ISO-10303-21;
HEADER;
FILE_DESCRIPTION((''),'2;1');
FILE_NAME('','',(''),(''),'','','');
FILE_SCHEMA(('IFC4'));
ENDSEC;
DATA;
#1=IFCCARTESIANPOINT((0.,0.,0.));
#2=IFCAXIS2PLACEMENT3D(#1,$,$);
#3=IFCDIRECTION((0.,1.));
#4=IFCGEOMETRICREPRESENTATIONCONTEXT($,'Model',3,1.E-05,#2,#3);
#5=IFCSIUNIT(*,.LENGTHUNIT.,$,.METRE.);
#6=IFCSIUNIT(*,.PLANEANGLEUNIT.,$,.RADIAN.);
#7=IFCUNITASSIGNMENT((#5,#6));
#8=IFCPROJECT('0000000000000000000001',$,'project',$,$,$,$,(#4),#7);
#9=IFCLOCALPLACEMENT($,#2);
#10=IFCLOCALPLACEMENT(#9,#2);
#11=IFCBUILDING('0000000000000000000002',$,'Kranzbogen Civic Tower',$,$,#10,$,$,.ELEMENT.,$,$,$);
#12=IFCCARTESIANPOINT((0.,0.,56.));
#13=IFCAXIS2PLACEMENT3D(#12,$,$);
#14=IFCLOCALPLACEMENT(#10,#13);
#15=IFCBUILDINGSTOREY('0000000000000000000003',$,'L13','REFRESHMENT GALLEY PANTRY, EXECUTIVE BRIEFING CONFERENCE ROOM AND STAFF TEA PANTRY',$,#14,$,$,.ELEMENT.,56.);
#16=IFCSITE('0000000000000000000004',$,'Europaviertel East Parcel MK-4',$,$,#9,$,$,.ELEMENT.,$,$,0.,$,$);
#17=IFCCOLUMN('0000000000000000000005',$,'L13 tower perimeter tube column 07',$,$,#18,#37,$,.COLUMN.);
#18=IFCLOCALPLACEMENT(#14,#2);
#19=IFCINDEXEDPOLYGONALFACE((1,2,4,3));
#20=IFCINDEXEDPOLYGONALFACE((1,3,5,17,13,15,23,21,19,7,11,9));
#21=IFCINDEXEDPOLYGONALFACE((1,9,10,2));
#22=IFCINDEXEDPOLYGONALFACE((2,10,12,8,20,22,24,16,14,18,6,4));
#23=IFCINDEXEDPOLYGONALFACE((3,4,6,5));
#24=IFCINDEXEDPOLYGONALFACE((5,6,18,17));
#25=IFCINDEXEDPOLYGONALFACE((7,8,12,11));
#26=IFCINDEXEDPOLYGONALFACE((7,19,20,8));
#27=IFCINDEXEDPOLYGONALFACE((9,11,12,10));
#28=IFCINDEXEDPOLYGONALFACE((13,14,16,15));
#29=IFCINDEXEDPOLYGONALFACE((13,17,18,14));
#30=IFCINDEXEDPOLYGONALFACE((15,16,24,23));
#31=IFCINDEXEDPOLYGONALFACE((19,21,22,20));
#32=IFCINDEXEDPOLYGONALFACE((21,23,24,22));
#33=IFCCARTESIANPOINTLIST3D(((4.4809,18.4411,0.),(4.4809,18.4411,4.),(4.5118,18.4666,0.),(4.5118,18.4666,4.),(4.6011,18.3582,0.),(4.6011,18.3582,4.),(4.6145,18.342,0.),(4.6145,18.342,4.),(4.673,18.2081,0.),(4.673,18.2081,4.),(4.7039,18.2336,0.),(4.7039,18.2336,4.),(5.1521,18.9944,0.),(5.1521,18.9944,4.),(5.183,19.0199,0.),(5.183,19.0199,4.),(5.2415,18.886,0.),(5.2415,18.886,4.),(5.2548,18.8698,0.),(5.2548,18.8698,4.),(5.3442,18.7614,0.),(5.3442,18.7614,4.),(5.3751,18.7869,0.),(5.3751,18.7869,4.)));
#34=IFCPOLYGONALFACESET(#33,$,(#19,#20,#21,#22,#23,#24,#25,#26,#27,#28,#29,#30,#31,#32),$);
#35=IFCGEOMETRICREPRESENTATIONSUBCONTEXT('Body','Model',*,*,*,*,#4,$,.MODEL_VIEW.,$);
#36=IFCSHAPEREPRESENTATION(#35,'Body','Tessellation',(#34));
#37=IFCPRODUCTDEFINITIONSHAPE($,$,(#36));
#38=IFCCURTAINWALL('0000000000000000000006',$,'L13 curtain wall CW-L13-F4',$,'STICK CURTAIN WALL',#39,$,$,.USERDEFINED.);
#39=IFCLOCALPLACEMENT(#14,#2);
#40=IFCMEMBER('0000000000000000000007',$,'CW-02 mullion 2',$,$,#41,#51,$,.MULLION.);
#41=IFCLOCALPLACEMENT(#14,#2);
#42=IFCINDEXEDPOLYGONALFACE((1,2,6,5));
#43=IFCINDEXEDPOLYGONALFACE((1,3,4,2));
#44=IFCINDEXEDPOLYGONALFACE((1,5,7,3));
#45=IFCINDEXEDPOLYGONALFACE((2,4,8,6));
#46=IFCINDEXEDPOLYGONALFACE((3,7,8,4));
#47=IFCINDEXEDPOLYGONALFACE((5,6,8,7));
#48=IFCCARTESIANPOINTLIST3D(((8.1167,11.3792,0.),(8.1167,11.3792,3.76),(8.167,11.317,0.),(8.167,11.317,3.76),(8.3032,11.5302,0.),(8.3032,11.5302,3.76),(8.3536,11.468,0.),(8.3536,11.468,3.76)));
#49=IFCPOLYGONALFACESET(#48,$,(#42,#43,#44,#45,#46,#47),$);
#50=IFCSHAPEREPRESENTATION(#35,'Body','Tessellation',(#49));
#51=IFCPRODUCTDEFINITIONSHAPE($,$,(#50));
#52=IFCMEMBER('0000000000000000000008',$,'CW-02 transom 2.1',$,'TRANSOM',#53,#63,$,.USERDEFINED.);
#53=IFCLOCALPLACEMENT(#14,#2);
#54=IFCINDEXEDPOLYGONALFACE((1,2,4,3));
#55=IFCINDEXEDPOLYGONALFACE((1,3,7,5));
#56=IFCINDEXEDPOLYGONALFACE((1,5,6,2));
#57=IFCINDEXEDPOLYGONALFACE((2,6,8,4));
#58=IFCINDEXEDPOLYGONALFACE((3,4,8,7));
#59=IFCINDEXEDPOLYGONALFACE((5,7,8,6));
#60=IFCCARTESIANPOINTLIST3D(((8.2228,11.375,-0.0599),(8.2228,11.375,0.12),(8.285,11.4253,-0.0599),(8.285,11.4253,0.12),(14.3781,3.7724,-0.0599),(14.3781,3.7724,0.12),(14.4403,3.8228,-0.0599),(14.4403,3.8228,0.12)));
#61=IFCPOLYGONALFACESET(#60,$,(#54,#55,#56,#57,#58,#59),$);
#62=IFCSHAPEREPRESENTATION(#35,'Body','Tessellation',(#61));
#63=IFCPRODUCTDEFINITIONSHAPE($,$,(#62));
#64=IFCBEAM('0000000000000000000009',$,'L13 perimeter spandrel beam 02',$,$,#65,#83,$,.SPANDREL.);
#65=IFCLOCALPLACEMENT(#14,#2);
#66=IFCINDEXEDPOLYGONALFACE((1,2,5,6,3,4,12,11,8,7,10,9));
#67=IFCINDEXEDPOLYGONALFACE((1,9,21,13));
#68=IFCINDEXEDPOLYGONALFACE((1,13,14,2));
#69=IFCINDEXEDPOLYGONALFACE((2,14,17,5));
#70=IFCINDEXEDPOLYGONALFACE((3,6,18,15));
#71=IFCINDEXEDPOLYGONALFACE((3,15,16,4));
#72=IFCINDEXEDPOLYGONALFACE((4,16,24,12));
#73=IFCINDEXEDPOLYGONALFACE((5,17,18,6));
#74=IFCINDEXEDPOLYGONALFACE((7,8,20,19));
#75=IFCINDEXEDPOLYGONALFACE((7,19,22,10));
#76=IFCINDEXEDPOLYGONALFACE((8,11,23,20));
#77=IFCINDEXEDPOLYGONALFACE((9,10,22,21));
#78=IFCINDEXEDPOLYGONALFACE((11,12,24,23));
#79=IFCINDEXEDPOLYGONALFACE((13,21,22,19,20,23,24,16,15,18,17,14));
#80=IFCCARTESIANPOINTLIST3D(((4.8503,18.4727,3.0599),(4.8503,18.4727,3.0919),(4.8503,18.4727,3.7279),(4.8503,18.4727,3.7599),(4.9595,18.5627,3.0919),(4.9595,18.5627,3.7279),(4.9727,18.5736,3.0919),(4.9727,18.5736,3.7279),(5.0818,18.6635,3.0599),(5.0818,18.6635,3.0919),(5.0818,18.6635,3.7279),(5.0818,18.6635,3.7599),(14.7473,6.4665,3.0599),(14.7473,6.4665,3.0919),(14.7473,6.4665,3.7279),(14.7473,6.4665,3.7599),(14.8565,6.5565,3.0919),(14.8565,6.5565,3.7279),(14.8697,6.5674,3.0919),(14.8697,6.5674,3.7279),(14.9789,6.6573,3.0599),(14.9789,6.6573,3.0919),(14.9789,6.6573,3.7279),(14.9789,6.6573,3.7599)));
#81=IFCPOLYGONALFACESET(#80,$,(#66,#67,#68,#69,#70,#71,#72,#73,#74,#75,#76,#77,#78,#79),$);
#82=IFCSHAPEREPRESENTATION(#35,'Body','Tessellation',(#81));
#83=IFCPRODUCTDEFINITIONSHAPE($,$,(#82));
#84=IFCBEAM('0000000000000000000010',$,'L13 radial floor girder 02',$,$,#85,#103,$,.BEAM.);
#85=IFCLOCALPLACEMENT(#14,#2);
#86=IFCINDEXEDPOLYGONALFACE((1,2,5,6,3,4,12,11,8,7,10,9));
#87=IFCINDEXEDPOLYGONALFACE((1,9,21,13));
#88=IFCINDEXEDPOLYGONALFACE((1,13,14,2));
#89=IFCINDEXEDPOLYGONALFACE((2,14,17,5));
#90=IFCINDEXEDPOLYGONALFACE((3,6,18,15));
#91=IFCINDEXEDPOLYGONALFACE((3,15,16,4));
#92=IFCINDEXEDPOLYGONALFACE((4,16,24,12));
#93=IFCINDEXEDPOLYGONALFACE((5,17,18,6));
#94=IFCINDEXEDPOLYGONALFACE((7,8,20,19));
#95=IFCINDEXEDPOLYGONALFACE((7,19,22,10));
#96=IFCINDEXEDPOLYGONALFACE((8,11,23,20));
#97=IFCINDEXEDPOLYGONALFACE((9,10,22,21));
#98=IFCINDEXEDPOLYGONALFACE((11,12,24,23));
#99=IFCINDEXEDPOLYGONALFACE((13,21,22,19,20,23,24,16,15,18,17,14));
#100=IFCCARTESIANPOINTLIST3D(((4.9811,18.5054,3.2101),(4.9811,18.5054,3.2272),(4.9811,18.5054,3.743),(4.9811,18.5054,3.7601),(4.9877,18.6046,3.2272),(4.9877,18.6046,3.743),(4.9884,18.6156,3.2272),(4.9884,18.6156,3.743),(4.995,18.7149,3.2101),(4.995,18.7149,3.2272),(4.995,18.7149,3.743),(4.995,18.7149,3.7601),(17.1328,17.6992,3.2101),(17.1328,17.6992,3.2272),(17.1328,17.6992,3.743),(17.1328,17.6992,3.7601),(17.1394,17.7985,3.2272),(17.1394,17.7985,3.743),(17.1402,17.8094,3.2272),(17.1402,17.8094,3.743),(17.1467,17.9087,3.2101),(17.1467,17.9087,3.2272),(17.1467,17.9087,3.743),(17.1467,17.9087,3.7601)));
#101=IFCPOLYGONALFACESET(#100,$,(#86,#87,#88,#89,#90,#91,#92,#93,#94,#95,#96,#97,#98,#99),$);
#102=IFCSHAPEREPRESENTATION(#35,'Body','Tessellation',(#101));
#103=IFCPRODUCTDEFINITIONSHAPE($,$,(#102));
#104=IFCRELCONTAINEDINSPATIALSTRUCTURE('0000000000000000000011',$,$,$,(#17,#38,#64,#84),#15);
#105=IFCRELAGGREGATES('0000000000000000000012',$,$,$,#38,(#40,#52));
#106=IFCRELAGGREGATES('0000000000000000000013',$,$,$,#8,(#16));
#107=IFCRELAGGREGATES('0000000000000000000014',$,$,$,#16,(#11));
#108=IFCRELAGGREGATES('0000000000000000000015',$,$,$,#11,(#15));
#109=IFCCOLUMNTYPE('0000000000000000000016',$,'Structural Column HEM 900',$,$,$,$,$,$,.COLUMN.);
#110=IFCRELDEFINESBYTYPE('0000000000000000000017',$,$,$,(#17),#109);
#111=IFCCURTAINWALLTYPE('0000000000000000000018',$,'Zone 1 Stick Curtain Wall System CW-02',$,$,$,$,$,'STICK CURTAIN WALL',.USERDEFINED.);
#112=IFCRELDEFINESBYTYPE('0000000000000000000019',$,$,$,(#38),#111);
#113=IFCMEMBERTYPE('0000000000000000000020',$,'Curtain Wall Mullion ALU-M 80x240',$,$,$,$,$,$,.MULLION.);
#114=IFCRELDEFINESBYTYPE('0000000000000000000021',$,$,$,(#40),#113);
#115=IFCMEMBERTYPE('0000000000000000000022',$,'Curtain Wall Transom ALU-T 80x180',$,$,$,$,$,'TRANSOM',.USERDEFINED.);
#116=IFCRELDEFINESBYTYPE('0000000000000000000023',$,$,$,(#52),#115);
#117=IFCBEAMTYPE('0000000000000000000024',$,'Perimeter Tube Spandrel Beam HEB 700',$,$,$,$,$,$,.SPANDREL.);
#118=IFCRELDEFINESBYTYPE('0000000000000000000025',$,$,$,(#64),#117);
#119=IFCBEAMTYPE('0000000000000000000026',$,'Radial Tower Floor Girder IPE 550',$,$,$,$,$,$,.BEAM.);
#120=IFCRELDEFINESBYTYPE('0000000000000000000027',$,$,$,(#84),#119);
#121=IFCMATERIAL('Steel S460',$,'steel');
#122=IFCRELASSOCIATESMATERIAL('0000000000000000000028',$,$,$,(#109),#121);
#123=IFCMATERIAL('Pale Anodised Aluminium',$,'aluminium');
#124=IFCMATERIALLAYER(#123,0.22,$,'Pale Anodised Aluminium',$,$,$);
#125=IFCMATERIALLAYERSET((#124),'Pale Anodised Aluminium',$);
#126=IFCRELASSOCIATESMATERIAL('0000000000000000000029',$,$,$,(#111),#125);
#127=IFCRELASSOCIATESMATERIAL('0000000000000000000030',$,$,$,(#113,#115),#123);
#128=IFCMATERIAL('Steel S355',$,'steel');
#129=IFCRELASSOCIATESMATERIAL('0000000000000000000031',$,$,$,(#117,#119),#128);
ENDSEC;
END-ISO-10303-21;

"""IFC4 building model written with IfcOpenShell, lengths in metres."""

from ifc_helpers import new_model, si_unit, direction, frame, origin, origin_2d, place, context, subcontext, project, spatial, rectangle, i_section, extrude, material, layer, layer_set, material_profile, profile_set, type_object, element, aggregate, save


model = new_model("IFC4")

# Units and contexts
model_context = context("Model", 3, precision=1e-05, world=origin(), true_north=direction((0.0, 1.0)))
body_context = subcontext(model_context, "Body", "Model", "MODEL_VIEW")
ifc_project = project(units=[si_unit("LENGTHUNIT", "METRE"), si_unit("PLANEANGLEUNIT", "RADIAN")], contexts=[model_context])

# Site, building, storey
site_placement = place(None, origin())
site = spatial("IfcSite", under=ifc_project, at=site_placement, Name="Europaviertel East Parcel MK-4", CompositionType="ELEMENT", RefElevation=0.0)
building_placement = place(site_placement, origin())
building = spatial("IfcBuilding", under=site, at=building_placement, Name="Kranzbogen Civic Tower", CompositionType="ELEMENT")
storey_placement = place(building_placement, frame((0.0, 0.0, 56.0)))
storey = spatial("IfcBuildingStorey", under=building, at=storey_placement, Name="L13", Description="REFRESHMENT GALLEY PANTRY, EXECUTIVE BRIEFING CONFERENCE ROOM AND STAFF TEA PANTRY", CompositionType="ELEMENT", Elevation=56.0)

# Column
ifc_material_1 = material(Name="Steel S460", Category="steel")
ifc_material_profile_1 = material_profile(ifc_material_1, i_section(OverallWidth=0.302, OverallDepth=0.9099, WebThickness=0.021, FlangeThickness=0.04, at=origin_2d()), Name="HEM 900")
ifc_profile_set_1 = profile_set([ifc_material_profile_1], Name="Steel S460")
column_type = type_object("IfcColumnType", Name="Structural Column HEM 900", PredefinedType="COLUMN", material=ifc_profile_set_1)
column_placement = place(storey_placement, frame((4.928, 18.614, 0.0), z_axis=(0.0, 0.0, 1.0), x_axis=(-0.636078, 0.771625, 0.0)))
element("IfcColumn", 1, at=column_placement, inside=storey, type_object=column_type, Name="L13 tower perimeter tube column 07", PredefinedType="COLUMN", context=body_context, shape_type="SweptSolid", body=[
    extrude(i_section(OverallWidth=0.302, OverallDepth=0.9099, WebThickness=0.021, FlangeThickness=0.04, at=origin_2d()), origin(), (0.0, 0.0, 1.0), 4.0),
])

# Curtain wall, members
ifc_material_2 = material(Name="Pale Anodised Aluminium", Category="aluminium")
ifc_layer_1 = layer(ifc_material_2, 0.22, Name="Pale Anodised Aluminium")
ifc_layer_set_1 = layer_set([ifc_layer_1], Name="Pale Anodised Aluminium")
curtain_wall_type = type_object("IfcCurtainWallType", Name="Zone 1 Stick Curtain Wall System CW-02", ElementType="STICK CURTAIN WALL", PredefinedType="USERDEFINED", material=ifc_layer_set_1)
curtain_wall_placement = place(storey_placement, origin())
curtain_wall = element("IfcCurtainWall", 2, at=curtain_wall_placement, inside=storey, type_object=curtain_wall_type, Name="L13 curtain wall CW-L13-F4", ObjectType="STICK CURTAIN WALL", PredefinedType="USERDEFINED")
ifc_material_profile_2 = material_profile(ifc_material_2, rectangle(XDim=0.0801, YDim=0.24, at=origin_2d()), Name="ALU-M 80x240")
ifc_profile_set_2 = profile_set([ifc_material_profile_2], Name="Pale Anodised Aluminium")
member_type_1 = type_object("IfcMemberType", Name="Curtain Wall Mullion ALU-M 80x240", PredefinedType="MULLION", material=ifc_profile_set_2)
member_1_placement = place(storey_placement, frame((8.2351, 11.4236, 0.0), z_axis=(0.0, 0.0, 1.0), x_axis=(0.629255, -0.777199, 0.0)))
member_1 = element("IfcMember", 3, at=member_1_placement, type_object=member_type_1, Name="CW-02 mullion 2", PredefinedType="MULLION", context=body_context, shape_type="SweptSolid", body=[
    extrude(rectangle(XDim=0.0801, YDim=0.24, at=origin_2d()), origin(), (0.0, 0.0, 1.0), 3.76),
])
ifc_material_profile_3 = material_profile(ifc_material_2, rectangle(XDim=0.0801, YDim=0.1799, at=origin_2d()), Name="ALU-T 80x180")
ifc_profile_set_3 = profile_set([ifc_material_profile_3], Name="Pale Anodised Aluminium")
member_type_2 = type_object("IfcMemberType", Name="Curtain Wall Transom ALU-T 80x180", ElementType="TRANSOM", PredefinedType="USERDEFINED", material=ifc_profile_set_3)
member_2_placement = place(storey_placement, frame((8.2539, 11.4001, 0.03), z_axis=(0.62925, -0.777203, 0.0), x_axis=(0.777203, 0.62925, 0.0)))
member_2 = element("IfcMember", 4, at=member_2_placement, type_object=member_type_2, Name="CW-02 transom 2.1", ObjectType="TRANSOM", PredefinedType="USERDEFINED", context=body_context, shape_type="SweptSolid", body=[
    extrude(rectangle(XDim=0.0801, YDim=0.1799, at=origin_2d()), origin(), (0.0, 0.0, 1.0), 9.782),
])

# Beams
ifc_material_3 = material(Name="Steel S355", Category="steel")
ifc_material_profile_4 = material_profile(ifc_material_3, i_section(OverallWidth=0.3, OverallDepth=0.7, WebThickness=0.0171, FlangeThickness=0.032, at=origin_2d()), Name="HEB 700")
ifc_profile_set_4 = profile_set([ifc_material_profile_4], Name="Steel S355")
beam_type_1 = type_object("IfcBeamType", Name="Perimeter Tube Spandrel Beam HEB 700", PredefinedType="SPANDREL", material=ifc_profile_set_4)
beam_1_placement = place(storey_placement, frame((4.9661, 18.5681, 3.4099), z_axis=(0.636075, -0.771628, 0.0), x_axis=(0.771628, 0.636075, 0.0)))
element("IfcBeam", 5, at=beam_1_placement, inside=storey, type_object=beam_type_1, Name="L13 perimeter spandrel beam 02", PredefinedType="SPANDREL", context=body_context, shape_type="SweptSolid", body=[
    extrude(i_section(OverallWidth=0.3, OverallDepth=0.7, WebThickness=0.0171, FlangeThickness=0.032, at=origin_2d()), origin(), (0.0, 0.0, 1.0), 15.5596),
])
ifc_material_profile_5 = material_profile(ifc_material_3, i_section(OverallWidth=0.21, OverallDepth=0.55, WebThickness=0.011, FlangeThickness=0.0171, at=origin_2d()), Name="IPE 550")
ifc_profile_set_5 = profile_set([ifc_material_profile_5], Name="Steel S355")
beam_type_2 = type_object("IfcBeamType", Name="Radial Tower Floor Girder IPE 550", PredefinedType="BEAM", material=ifc_profile_set_5)
beam_2_placement = place(storey_placement, frame((4.988, 18.6101, 3.4851), z_axis=(0.997807, -0.066194, 0.0), x_axis=(0.066194, 0.997807, 0.0)))
element("IfcBeam", 6, at=beam_2_placement, inside=storey, type_object=beam_type_2, Name="L13 radial floor girder 02", PredefinedType="BEAM", context=body_context, shape_type="SweptSolid", body=[
    extrude(i_section(OverallWidth=0.21, OverallDepth=0.55, WebThickness=0.011, FlangeThickness=0.0171, at=origin_2d()), origin(), (0.0, 0.0, 1.0), 12.1785),
])

aggregate(curtain_wall, [member_1, member_2])

save(model, "model.ifc")
